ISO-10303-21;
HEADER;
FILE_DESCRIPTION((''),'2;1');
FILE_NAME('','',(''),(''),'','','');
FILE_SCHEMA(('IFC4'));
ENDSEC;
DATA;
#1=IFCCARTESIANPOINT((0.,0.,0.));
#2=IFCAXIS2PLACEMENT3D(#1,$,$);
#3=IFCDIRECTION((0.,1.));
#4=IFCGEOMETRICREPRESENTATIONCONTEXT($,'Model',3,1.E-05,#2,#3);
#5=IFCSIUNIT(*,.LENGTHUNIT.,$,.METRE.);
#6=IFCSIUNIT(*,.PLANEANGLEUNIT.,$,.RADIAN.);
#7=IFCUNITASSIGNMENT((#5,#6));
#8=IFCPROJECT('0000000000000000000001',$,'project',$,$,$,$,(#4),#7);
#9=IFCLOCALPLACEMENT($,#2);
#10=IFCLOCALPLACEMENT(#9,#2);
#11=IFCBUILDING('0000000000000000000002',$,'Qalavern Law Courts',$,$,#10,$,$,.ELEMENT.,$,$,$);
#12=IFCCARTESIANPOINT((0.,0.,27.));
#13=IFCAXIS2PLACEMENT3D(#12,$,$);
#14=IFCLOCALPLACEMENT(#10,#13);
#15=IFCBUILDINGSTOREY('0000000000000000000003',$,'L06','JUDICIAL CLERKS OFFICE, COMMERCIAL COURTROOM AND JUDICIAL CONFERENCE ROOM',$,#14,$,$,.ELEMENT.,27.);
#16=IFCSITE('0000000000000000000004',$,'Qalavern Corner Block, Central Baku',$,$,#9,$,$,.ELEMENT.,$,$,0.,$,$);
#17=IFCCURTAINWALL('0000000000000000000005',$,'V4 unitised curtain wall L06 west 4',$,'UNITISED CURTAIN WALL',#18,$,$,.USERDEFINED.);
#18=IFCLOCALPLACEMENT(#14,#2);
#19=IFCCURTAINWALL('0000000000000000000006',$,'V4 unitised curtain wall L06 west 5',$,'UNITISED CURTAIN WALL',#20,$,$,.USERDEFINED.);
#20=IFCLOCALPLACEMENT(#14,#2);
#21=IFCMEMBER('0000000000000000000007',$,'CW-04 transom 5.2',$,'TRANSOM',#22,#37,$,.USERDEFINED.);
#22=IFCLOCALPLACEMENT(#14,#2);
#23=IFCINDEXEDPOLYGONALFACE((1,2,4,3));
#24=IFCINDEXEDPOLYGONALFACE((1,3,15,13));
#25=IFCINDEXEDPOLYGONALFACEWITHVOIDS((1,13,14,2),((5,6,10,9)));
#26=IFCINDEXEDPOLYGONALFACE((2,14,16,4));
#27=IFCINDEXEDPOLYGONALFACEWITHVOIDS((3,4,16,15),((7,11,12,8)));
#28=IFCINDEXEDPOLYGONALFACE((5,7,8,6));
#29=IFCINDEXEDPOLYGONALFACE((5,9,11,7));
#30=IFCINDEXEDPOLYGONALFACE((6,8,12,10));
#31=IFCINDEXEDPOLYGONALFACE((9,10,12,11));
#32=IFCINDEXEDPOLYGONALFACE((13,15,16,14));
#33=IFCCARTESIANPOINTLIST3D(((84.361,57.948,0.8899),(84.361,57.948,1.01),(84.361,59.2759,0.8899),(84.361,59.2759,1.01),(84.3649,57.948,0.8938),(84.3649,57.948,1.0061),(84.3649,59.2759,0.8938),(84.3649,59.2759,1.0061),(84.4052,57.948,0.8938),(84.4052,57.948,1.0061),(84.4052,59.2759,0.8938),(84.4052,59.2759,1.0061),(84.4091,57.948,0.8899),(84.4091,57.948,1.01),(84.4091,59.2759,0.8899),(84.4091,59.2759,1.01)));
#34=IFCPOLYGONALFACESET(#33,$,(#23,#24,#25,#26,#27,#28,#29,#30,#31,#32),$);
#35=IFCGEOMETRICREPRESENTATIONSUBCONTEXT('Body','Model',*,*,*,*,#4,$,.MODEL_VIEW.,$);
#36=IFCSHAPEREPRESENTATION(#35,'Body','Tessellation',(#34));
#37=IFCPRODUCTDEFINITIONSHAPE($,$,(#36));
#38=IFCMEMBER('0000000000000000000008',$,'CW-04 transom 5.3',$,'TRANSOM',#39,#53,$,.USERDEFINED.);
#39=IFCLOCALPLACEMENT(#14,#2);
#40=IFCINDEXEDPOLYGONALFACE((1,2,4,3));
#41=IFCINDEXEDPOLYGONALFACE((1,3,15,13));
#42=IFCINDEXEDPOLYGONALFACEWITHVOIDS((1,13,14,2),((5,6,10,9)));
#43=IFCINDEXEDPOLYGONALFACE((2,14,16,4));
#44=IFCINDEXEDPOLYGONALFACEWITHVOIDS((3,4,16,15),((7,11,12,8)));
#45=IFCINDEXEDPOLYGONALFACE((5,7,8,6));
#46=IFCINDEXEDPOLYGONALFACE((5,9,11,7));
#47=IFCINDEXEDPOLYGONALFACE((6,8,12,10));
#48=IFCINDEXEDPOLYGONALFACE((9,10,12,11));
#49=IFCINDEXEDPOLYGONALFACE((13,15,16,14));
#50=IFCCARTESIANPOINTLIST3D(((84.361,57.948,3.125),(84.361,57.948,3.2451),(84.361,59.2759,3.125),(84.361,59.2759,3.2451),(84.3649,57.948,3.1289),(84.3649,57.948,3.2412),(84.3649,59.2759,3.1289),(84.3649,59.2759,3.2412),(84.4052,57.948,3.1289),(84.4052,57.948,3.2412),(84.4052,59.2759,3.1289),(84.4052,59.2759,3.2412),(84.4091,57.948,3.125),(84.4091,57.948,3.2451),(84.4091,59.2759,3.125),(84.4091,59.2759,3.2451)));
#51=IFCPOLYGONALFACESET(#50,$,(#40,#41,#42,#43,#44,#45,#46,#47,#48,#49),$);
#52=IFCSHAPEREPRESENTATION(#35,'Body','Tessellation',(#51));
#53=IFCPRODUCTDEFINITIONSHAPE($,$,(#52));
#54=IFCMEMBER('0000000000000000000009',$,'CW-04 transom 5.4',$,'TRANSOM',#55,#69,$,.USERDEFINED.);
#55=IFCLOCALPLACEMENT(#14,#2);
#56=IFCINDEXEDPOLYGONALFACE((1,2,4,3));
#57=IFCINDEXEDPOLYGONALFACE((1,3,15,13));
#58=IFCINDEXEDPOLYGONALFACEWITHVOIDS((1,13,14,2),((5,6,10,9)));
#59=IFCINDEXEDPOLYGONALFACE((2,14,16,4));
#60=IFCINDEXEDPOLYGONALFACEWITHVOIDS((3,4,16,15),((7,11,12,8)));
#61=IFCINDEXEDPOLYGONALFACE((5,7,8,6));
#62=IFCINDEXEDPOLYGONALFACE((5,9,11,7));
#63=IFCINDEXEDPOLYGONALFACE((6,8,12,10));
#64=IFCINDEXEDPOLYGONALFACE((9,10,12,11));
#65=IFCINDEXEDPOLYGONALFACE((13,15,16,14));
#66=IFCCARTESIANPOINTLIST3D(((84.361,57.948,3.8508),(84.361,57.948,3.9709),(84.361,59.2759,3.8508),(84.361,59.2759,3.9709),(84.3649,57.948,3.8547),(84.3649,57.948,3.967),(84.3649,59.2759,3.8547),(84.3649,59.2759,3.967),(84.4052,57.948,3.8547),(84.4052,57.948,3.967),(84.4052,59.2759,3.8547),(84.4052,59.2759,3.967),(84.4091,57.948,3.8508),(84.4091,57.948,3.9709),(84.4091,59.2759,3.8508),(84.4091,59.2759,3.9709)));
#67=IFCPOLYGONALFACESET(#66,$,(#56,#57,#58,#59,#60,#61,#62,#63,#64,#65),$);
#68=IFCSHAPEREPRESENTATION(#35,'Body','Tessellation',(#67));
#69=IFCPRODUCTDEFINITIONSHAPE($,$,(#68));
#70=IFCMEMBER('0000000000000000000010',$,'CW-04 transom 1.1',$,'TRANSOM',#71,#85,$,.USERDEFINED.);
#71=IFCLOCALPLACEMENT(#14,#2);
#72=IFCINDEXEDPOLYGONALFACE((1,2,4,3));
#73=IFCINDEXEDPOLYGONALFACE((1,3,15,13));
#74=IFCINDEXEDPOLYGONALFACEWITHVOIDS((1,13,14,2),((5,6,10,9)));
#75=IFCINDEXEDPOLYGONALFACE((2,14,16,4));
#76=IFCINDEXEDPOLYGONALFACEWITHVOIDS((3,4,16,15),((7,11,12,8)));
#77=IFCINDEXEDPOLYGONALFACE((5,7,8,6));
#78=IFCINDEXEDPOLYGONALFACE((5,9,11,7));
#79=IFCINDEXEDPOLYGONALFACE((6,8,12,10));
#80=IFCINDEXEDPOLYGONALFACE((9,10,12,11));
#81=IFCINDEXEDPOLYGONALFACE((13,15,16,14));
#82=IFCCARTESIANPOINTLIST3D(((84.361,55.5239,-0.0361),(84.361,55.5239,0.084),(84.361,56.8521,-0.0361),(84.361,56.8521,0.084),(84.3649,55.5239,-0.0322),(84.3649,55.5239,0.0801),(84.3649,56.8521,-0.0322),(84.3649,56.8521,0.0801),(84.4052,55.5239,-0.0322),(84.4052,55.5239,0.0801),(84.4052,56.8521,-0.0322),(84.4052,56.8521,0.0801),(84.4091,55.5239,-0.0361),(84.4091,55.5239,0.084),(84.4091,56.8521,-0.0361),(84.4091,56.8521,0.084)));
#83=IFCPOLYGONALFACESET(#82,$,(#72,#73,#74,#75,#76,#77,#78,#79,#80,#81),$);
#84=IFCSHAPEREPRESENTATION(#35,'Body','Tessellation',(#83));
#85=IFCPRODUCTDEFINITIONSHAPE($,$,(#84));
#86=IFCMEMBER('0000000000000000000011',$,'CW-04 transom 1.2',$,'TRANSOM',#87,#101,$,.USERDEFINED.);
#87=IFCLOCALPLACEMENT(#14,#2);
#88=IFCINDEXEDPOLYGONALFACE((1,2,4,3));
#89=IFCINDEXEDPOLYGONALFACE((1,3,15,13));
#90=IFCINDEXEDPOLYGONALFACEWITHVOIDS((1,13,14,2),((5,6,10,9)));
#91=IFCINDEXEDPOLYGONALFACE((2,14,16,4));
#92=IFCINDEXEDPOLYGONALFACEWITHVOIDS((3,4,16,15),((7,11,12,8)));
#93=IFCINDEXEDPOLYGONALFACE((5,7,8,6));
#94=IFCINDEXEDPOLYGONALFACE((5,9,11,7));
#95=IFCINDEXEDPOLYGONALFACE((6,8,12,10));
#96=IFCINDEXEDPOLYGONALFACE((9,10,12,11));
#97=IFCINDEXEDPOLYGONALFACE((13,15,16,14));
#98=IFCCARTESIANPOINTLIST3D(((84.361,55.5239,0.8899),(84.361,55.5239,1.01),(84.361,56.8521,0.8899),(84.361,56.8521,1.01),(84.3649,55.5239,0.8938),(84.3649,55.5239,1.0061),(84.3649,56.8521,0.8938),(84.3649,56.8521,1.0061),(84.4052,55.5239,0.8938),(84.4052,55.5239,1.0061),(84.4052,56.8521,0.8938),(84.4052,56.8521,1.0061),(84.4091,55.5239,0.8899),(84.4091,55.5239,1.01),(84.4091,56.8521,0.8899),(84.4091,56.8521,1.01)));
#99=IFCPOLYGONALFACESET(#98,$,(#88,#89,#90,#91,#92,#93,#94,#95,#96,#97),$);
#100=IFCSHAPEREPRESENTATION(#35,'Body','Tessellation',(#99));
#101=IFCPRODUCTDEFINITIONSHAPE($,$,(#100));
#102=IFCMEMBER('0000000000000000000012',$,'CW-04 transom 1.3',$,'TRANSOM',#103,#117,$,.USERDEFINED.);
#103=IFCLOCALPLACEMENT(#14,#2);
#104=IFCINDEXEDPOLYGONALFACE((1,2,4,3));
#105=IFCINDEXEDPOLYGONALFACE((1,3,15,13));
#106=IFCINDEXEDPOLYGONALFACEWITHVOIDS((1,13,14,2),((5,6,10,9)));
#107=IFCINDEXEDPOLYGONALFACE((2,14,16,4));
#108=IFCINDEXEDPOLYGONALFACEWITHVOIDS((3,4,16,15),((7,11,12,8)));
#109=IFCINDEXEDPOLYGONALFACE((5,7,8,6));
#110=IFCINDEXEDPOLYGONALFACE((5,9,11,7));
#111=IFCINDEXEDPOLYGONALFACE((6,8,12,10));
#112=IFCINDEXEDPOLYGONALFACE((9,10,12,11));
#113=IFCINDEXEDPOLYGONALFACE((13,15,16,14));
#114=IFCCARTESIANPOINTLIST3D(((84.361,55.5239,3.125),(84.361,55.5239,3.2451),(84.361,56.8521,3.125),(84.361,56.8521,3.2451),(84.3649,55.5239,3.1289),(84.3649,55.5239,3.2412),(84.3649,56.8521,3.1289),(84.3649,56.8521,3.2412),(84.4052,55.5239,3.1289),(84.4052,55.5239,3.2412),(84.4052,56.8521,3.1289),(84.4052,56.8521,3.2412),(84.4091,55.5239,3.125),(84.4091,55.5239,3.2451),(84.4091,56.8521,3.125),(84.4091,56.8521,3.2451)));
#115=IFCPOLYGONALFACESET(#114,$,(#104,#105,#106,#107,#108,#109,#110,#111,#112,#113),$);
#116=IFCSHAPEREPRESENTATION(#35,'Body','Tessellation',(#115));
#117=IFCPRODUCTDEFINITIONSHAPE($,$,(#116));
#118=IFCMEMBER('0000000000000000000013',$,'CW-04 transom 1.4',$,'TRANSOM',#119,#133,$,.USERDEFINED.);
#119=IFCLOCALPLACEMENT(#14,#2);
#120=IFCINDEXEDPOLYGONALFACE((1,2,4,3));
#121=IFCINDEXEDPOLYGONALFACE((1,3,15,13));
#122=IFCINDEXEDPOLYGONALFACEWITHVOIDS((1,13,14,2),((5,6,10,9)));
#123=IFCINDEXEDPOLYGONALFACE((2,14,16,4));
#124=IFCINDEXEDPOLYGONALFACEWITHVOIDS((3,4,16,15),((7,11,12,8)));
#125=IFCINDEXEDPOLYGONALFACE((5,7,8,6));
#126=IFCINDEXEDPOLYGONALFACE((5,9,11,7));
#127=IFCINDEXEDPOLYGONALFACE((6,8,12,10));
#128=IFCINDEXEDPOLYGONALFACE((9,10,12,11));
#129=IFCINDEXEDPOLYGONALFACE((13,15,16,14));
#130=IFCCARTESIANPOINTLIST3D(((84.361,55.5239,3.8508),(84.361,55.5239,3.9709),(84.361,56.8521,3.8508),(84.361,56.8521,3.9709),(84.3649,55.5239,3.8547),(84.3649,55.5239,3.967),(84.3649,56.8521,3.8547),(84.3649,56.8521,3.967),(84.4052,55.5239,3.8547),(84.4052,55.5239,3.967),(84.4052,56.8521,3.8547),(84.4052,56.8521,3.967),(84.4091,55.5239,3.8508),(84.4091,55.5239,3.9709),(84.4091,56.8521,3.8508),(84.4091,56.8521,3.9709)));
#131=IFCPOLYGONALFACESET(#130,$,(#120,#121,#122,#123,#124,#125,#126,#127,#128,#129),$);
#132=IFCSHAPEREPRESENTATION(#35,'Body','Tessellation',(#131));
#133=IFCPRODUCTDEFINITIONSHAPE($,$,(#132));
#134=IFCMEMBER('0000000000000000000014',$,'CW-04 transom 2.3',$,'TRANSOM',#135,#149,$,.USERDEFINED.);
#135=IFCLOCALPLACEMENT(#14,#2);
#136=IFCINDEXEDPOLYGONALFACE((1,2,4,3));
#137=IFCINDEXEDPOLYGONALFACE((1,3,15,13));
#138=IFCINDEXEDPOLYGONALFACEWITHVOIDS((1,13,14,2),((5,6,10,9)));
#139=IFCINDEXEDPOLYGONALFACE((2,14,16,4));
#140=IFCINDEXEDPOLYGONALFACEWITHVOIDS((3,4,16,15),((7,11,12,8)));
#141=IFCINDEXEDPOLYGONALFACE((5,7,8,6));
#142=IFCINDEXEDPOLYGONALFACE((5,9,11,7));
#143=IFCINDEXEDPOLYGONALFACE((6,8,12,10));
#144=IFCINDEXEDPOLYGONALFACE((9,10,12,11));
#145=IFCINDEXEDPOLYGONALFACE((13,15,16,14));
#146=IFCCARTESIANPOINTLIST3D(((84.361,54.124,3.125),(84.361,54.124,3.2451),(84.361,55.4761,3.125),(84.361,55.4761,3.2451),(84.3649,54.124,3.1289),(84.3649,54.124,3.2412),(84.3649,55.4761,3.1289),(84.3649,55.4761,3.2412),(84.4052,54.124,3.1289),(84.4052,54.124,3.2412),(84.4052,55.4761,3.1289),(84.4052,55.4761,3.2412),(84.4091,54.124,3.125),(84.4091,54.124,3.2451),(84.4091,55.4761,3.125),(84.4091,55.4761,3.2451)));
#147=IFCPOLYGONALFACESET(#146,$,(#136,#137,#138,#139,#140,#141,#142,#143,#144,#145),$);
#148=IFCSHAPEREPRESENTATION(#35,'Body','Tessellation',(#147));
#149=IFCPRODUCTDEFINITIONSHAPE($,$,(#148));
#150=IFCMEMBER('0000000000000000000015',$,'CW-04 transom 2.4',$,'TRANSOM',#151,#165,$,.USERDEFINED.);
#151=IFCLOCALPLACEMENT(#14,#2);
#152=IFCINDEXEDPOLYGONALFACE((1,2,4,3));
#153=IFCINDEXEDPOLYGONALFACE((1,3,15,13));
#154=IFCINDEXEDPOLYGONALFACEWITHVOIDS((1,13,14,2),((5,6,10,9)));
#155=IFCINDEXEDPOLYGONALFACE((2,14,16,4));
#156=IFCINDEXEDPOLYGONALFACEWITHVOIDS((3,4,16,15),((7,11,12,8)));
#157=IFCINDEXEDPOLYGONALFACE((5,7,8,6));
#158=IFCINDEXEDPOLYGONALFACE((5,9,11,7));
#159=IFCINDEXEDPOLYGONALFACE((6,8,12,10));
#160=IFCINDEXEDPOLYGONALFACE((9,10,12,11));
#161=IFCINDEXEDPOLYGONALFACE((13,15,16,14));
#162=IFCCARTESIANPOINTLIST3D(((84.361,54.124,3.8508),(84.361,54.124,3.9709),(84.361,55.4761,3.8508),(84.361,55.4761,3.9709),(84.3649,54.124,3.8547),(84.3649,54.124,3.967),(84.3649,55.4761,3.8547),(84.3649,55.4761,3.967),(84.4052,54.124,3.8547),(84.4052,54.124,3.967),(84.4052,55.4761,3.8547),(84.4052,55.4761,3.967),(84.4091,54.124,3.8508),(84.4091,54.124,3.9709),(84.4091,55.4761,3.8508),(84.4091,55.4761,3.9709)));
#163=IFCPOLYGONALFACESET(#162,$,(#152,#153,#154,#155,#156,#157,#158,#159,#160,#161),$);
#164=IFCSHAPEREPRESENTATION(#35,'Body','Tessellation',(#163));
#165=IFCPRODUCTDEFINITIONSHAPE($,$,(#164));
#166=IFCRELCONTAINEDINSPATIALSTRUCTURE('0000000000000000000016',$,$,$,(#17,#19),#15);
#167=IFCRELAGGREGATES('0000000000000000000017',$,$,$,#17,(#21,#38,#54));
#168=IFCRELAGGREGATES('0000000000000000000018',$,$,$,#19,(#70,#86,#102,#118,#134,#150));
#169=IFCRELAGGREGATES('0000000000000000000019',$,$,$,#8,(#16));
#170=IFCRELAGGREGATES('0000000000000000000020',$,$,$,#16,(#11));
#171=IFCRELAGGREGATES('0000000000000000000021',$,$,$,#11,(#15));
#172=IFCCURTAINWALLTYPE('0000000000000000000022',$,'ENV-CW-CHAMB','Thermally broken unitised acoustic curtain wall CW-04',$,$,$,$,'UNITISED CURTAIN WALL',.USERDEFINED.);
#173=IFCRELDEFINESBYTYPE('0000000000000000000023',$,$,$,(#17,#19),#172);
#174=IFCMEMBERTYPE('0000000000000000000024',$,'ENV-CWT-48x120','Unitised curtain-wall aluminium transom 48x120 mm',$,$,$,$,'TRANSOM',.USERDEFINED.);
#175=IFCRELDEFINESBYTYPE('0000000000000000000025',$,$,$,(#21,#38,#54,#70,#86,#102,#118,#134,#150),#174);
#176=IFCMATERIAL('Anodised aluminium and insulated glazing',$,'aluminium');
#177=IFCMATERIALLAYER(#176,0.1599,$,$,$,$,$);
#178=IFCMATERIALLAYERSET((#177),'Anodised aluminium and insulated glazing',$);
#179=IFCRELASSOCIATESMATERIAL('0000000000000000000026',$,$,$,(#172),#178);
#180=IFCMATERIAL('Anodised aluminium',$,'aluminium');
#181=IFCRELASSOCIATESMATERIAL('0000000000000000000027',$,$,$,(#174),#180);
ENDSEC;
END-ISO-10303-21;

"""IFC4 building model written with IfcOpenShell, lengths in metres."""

from ifc_helpers import new_model, si_unit, direction, frame, origin, origin_2d, place, context, subcontext, project, spatial, hollow_rectangle, extrude, material, layer, layer_set, material_profile, profile_set, type_object, element, aggregate, save


model = new_model("IFC4")

# Units and contexts
model_context = context("Model", 3, precision=1e-05, world=origin(), true_north=direction((0.0, 1.0)))
body_context = subcontext(model_context, "Body", "Model", "MODEL_VIEW")
ifc_project = project(units=[si_unit("LENGTHUNIT", "METRE"), si_unit("PLANEANGLEUNIT", "RADIAN")], contexts=[model_context])

# Site, building, storey
site_placement = place(None, origin())
site = spatial("IfcSite", under=ifc_project, at=site_placement, Name="Qalavern Corner Block, Central Baku", CompositionType="ELEMENT", RefElevation=0.0)
building_placement = place(site_placement, origin())
building = spatial("IfcBuilding", under=site, at=building_placement, Name="Qalavern Law Courts", CompositionType="ELEMENT")
storey_placement = place(building_placement, frame((0.0, 0.0, 27.0)))
storey = spatial("IfcBuildingStorey", under=building, at=storey_placement, Name="L06", Description="JUDICIAL CLERKS OFFICE, COMMERCIAL COURTROOM AND JUDICIAL CONFERENCE ROOM", CompositionType="ELEMENT", Elevation=27.0)

# Curtain walls
ifc_material_1 = material(Name="Anodised aluminium and insulated glazing", Category="aluminium")
ifc_layer_1 = layer(ifc_material_1, 0.1599)
ifc_layer_set_1 = layer_set([ifc_layer_1], Name="Anodised aluminium and insulated glazing")
curtain_wall_type = type_object("IfcCurtainWallType", Name="ENV-CW-CHAMB", Description="Thermally broken unitised acoustic curtain wall CW-04", ElementType="UNITISED CURTAIN WALL", PredefinedType="USERDEFINED", material=ifc_layer_set_1)
curtain_wall_1_placement = place(storey_placement, origin())
curtain_wall_1 = element("IfcCurtainWall", 1, at=curtain_wall_1_placement, inside=storey, type_object=curtain_wall_type, Name="V4 unitised curtain wall L06 west 4", ObjectType="UNITISED CURTAIN WALL", PredefinedType="USERDEFINED")
ifc_material_2 = material(Name="Anodised aluminium", Category="aluminium")
curtain_wall_2_placement = place(storey_placement, origin())
curtain_wall_2 = element("IfcCurtainWall", 2, at=curtain_wall_2_placement, inside=storey, type_object=curtain_wall_type, Name="V4 unitised curtain wall L06 west 5", ObjectType="UNITISED CURTAIN WALL", PredefinedType="USERDEFINED")

# Members
ifc_material_profile_1 = material_profile(ifc_material_2, hollow_rectangle(XDim=0.0481, YDim=0.1201, WallThickness=0.0039, at=origin_2d()), Name="ALU TRANSOM 48x120")
ifc_profile_set_1 = profile_set([ifc_material_profile_1], Name="Anodised aluminium")
member_type_1 = type_object("IfcMemberType", Name="ENV-CWT-48x120", Description="Unitised curtain-wall aluminium transom 48x120 mm", ElementType="TRANSOM", PredefinedType="USERDEFINED", material=ifc_profile_set_1)
member_1_placement = place(storey_placement, frame((84.385, 59.2759, 0.95), z_axis=(0.0, -1.0, 0.0), x_axis=(1.0, 0.0, 0.0)))
member_1 = element("IfcMember", 3, at=member_1_placement, type_object=member_type_1, Name="CW-04 transom 5.2", ObjectType="TRANSOM", PredefinedType="USERDEFINED", context=body_context, shape_type="SweptSolid", body=[
    extrude(hollow_rectangle(XDim=0.0481, YDim=0.1201, WallThickness=0.0039, at=origin_2d()), origin(), (0.0, 0.0, 1.0), 1.3279),
])
member_2_placement = place(storey_placement, frame((84.385, 59.2759, 3.1851), z_axis=(0.0, -1.0, 0.0), x_axis=(1.0, 0.0, 0.0)))
member_2 = element("IfcMember", 4, at=member_2_placement, type_object=member_type_1, Name="CW-04 transom 5.3", ObjectType="TRANSOM", PredefinedType="USERDEFINED", context=body_context, shape_type="SweptSolid", body=[
    extrude(hollow_rectangle(XDim=0.0481, YDim=0.1201, WallThickness=0.0039, at=origin_2d()), origin(), (0.0, 0.0, 1.0), 1.3279),
])
member_3_placement = place(storey_placement, frame((84.385, 59.2759, 3.9109), z_axis=(0.0, -1.0, 0.0), x_axis=(1.0, 0.0, 0.0)))
member_3 = element("IfcMember", 5, at=member_3_placement, type_object=member_type_1, Name="CW-04 transom 5.4", ObjectType="TRANSOM", PredefinedType="USERDEFINED", context=body_context, shape_type="SweptSolid", body=[
    extrude(hollow_rectangle(XDim=0.0481, YDim=0.1201, WallThickness=0.0039, at=origin_2d()), origin(), (0.0, 0.0, 1.0), 1.3279),
])
member_4_placement = place(storey_placement, frame((84.385, 56.8521, 0.0239), z_axis=(0.0, -1.0, 0.0), x_axis=(1.0, 0.0, 0.0)))
member_4 = element("IfcMember", 6, at=member_4_placement, type_object=member_type_1, Name="CW-04 transom 1.1", ObjectType="TRANSOM", PredefinedType="USERDEFINED", context=body_context, shape_type="SweptSolid", body=[
    extrude(hollow_rectangle(XDim=0.0481, YDim=0.1201, WallThickness=0.0039, at=origin_2d()), origin(), (0.0, 0.0, 1.0), 1.3281),
])
member_5_placement = place(storey_placement, frame((84.385, 56.8521, 0.95), z_axis=(0.0, -1.0, 0.0), x_axis=(1.0, 0.0, 0.0)))
member_5 = element("IfcMember", 7, at=member_5_placement, type_object=member_type_1, Name="CW-04 transom 1.2", ObjectType="TRANSOM", PredefinedType="USERDEFINED", context=body_context, shape_type="SweptSolid", body=[
    extrude(hollow_rectangle(XDim=0.0481, YDim=0.1201, WallThickness=0.0039, at=origin_2d()), origin(), (0.0, 0.0, 1.0), 1.3281),
])
member_6_placement = place(storey_placement, frame((84.385, 56.8521, 3.1851), z_axis=(0.0, -1.0, 0.0), x_axis=(1.0, 0.0, 0.0)))
member_6 = element("IfcMember", 8, at=member_6_placement, type_object=member_type_1, Name="CW-04 transom 1.3", ObjectType="TRANSOM", PredefinedType="USERDEFINED", context=body_context, shape_type="SweptSolid", body=[
    extrude(hollow_rectangle(XDim=0.0481, YDim=0.1201, WallThickness=0.0039, at=origin_2d()), origin(), (0.0, 0.0, 1.0), 1.3281),
])
member_7_placement = place(storey_placement, frame((84.385, 56.8521, 3.9109), z_axis=(0.0, -1.0, 0.0), x_axis=(1.0, 0.0, 0.0)))
member_7 = element("IfcMember", 9, at=member_7_placement, type_object=member_type_1, Name="CW-04 transom 1.4", ObjectType="TRANSOM", PredefinedType="USERDEFINED", context=body_context, shape_type="SweptSolid", body=[
    extrude(hollow_rectangle(XDim=0.0481, YDim=0.1201, WallThickness=0.0039, at=origin_2d()), origin(), (0.0, 0.0, 1.0), 1.3281),
])
member_8_placement = place(storey_placement, frame((84.385, 55.4761, 3.1851), z_axis=(0.0, -1.0, 0.0), x_axis=(1.0, 0.0, 0.0)))
member_8 = element("IfcMember", 10, at=member_8_placement, type_object=member_type_1, Name="CW-04 transom 2.3", ObjectType="TRANSOM", PredefinedType="USERDEFINED", context=body_context, shape_type="SweptSolid", body=[
    extrude(hollow_rectangle(XDim=0.0481, YDim=0.1201, WallThickness=0.0039, at=origin_2d()), origin(), (0.0, 0.0, 1.0), 1.3521),
])
member_9_placement = place(storey_placement, frame((84.385, 55.4761, 3.9109), z_axis=(0.0, -1.0, 0.0), x_axis=(1.0, 0.0, 0.0)))
member_9 = element("IfcMember", 11, at=member_9_placement, type_object=member_type_1, Name="CW-04 transom 2.4", ObjectType="TRANSOM", PredefinedType="USERDEFINED", context=body_context, shape_type="SweptSolid", body=[
    extrude(hollow_rectangle(XDim=0.0481, YDim=0.1201, WallThickness=0.0039, at=origin_2d()), origin(), (0.0, 0.0, 1.0), 1.3521),
])

aggregate(curtain_wall_1, [member_1, member_2, member_3])
aggregate(curtain_wall_2, [member_4, member_5, member_6, member_7, member_8, member_9])

save(model, "model.ifc")
